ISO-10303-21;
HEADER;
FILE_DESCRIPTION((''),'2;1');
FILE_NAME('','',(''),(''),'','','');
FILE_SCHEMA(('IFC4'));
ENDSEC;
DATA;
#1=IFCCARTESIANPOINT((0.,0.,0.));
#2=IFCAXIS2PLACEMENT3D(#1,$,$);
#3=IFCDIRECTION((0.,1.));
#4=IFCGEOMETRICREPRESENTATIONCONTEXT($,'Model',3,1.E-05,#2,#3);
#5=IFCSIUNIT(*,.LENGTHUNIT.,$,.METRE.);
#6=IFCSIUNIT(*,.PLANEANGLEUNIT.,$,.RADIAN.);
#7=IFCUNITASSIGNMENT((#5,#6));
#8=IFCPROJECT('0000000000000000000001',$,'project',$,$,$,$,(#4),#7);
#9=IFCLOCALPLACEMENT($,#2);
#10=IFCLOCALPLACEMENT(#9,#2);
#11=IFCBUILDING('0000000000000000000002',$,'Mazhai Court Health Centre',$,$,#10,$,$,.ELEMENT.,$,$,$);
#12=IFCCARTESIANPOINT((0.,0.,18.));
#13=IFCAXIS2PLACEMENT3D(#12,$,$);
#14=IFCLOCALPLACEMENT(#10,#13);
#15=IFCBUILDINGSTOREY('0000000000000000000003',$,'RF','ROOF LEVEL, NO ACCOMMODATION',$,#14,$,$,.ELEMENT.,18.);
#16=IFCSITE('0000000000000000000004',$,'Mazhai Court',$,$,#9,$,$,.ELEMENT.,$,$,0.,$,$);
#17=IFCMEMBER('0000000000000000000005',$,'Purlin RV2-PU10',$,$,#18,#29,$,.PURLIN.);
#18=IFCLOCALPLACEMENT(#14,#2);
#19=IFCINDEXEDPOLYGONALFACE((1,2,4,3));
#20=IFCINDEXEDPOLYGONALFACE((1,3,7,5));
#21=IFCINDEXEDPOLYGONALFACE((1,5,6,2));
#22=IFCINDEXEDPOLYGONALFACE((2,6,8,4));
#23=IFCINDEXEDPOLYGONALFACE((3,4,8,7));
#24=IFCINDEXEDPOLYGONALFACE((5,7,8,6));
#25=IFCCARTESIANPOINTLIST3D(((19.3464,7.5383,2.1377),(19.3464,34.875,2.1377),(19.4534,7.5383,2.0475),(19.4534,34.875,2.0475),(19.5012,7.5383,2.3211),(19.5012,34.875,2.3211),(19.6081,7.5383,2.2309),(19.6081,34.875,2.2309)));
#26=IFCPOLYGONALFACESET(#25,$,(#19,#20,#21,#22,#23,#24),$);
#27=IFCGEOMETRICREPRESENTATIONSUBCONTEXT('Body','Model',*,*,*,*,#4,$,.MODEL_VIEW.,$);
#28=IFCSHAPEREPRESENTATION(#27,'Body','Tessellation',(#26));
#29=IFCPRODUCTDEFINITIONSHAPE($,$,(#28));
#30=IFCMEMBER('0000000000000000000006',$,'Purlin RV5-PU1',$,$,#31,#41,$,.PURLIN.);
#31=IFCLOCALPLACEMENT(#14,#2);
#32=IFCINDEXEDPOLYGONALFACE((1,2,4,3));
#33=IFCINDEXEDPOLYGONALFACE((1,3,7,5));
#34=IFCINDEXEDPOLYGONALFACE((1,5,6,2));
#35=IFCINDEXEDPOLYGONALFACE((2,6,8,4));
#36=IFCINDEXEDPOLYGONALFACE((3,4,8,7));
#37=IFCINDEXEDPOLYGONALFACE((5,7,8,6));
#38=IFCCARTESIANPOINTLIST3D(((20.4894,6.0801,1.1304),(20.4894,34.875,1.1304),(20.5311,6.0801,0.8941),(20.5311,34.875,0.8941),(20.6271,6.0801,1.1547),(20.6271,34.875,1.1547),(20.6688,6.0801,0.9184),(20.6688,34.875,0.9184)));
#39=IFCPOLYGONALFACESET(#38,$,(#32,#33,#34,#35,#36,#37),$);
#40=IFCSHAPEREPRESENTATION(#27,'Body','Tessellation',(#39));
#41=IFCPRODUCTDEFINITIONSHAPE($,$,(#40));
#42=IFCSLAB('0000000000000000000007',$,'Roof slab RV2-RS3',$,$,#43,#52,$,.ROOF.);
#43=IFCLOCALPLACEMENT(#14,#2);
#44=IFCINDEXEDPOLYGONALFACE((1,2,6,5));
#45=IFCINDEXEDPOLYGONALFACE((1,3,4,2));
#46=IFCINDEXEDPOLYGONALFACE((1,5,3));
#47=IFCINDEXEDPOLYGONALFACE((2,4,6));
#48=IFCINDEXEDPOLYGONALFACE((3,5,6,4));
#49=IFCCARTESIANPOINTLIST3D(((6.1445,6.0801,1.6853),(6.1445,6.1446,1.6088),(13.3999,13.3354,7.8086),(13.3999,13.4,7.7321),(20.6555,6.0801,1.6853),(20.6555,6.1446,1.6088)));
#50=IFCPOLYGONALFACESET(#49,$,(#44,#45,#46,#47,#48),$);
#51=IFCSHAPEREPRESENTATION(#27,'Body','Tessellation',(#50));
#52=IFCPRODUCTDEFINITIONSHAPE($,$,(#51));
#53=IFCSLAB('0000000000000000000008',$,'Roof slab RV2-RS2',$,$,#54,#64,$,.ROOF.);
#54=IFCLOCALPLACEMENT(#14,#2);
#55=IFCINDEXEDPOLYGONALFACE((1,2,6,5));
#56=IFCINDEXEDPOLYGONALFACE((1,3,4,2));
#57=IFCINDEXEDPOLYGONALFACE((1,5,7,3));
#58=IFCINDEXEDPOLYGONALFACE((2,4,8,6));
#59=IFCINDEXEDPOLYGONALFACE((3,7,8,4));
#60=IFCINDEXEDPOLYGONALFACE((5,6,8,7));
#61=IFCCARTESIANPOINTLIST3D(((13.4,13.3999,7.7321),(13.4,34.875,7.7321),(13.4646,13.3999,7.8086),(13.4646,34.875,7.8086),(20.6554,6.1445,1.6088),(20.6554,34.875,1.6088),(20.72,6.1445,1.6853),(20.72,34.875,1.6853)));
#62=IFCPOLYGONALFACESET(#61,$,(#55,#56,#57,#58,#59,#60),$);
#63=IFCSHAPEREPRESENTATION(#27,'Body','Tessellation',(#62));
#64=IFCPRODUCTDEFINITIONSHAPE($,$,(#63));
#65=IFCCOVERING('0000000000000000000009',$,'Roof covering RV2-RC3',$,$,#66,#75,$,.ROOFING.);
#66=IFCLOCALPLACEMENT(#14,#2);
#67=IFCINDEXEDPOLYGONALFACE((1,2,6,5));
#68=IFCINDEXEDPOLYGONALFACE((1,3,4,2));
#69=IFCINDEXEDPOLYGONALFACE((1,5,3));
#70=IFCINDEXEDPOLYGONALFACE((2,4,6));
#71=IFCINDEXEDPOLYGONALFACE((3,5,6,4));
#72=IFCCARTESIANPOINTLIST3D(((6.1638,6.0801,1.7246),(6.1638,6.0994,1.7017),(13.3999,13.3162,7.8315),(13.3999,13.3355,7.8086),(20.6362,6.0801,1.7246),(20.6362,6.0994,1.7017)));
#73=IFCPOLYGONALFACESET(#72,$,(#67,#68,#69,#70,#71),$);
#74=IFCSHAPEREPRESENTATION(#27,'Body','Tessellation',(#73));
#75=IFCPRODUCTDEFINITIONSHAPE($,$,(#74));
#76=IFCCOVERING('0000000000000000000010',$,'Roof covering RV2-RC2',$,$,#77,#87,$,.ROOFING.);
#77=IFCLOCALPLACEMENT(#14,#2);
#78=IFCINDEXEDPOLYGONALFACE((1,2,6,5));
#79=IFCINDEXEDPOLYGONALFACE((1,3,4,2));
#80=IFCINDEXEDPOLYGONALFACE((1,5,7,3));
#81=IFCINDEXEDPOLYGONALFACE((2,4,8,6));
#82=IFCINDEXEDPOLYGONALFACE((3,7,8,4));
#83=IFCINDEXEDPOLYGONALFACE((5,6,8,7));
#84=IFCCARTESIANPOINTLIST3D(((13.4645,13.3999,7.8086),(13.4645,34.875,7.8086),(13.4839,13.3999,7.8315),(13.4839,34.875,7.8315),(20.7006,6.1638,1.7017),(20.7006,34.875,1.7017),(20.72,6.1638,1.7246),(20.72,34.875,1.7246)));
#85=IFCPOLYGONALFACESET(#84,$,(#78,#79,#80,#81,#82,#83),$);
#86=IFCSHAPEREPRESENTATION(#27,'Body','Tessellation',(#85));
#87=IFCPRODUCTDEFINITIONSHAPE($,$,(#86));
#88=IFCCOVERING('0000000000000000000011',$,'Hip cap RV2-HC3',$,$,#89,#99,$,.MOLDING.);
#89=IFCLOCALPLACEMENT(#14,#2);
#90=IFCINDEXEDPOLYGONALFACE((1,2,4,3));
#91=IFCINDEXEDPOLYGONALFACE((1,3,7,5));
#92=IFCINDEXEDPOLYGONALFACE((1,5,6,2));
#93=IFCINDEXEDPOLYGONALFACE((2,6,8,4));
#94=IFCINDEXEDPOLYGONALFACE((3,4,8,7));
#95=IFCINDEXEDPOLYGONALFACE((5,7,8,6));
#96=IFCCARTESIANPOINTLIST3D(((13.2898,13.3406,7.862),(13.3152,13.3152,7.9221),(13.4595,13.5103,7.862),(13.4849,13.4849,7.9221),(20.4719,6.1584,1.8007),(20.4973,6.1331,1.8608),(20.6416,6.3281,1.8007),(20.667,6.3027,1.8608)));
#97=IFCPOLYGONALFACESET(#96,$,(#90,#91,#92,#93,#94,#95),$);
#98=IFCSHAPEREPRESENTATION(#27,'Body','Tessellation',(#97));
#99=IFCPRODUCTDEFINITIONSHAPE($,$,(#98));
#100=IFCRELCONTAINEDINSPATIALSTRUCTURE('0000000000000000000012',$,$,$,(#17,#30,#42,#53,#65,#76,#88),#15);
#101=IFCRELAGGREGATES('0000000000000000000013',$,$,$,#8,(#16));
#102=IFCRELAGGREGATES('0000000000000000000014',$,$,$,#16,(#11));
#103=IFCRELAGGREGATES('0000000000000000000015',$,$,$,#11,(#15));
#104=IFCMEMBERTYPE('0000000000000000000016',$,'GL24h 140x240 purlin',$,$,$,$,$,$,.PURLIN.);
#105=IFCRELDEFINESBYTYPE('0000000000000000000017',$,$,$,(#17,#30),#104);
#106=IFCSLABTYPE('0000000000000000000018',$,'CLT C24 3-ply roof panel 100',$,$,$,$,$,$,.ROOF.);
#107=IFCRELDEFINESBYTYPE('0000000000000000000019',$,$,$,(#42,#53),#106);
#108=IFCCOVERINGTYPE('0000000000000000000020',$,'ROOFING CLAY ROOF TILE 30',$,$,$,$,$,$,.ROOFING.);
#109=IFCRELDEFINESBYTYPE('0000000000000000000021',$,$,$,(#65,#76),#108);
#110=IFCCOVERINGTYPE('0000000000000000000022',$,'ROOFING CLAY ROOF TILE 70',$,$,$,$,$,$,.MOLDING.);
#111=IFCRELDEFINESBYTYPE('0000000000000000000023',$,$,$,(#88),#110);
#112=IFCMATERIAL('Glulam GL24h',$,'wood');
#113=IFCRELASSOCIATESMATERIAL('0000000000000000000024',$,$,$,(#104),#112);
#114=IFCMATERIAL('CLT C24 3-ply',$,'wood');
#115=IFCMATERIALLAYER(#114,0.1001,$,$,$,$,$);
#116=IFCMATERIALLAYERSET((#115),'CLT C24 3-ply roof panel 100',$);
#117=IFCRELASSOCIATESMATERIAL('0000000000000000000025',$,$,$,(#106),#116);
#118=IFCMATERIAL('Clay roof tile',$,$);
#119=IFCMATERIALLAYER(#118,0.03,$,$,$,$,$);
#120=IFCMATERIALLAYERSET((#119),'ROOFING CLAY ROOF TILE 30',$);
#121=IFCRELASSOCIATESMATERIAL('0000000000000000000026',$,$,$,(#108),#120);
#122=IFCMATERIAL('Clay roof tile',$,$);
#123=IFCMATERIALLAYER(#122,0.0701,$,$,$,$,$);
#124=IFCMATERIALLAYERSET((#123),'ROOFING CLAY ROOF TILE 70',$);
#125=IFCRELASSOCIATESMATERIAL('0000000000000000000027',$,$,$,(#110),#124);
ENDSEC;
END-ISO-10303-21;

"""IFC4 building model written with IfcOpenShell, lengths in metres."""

from ifc_helpers import new_model, si_unit, direction, frame, origin, origin_2d, place, context, subcontext, project, spatial, polyline, rectangle, outline, extrude, material, layer, layer_set, material_profile, profile_set, type_object, element, save


model = new_model("IFC4")

# Units and contexts
model_context = context("Model", 3, precision=1e-05, world=origin(), true_north=direction((0.0, 1.0)))
body_context = subcontext(model_context, "Body", "Model", "MODEL_VIEW")
ifc_project = project(units=[si_unit("LENGTHUNIT", "METRE"), si_unit("PLANEANGLEUNIT", "RADIAN")], contexts=[model_context])

# Site, building, storey
site_placement = place(None, origin())
site = spatial("IfcSite", under=ifc_project, at=site_placement, Name="Mazhai Court", CompositionType="ELEMENT", RefElevation=0.0)
building_placement = place(site_placement, origin())
building = spatial("IfcBuilding", under=site, at=building_placement, Name="Mazhai Court Health Centre", CompositionType="ELEMENT")
storey_placement = place(building_placement, frame((0.0, 0.0, 18.0)))
storey = spatial("IfcBuildingStorey", under=building, at=storey_placement, Name="RF", Description="ROOF LEVEL, NO ACCOMMODATION", CompositionType="ELEMENT", Elevation=18.0)

# Members
ifc_material_1 = material(Name="Glulam GL24h", Category="wood")
ifc_material_profile_1 = material_profile(ifc_material_1, rectangle(XDim=0.1399, YDim=0.24, at=origin_2d()), Name="GL24h 140x240")
ifc_profile_set_1 = profile_set([ifc_material_profile_1], Name="Glulam GL24h")
member_type_1 = type_object("IfcMemberType", Name="GL24h 140x240 purlin", PredefinedType="PURLIN", material=ifc_profile_set_1)
member_1_placement = place(storey_placement, frame((19.4773, 7.5383, 2.1843), z_axis=(0.0, 1.0, 0.0), x_axis=(-0.76422, 0.0, 0.644955)))
element("IfcMember", 1, at=member_1_placement, inside=storey, type_object=member_type_1, Name="Purlin RV2-PU10", PredefinedType="PURLIN", context=body_context, shape_type="SweptSolid", body=[
    extrude(rectangle(XDim=0.1399, YDim=0.24, at=origin_2d()), origin(), (0.0, 0.0, 1.0), 27.3367),
])
member_2_placement = place(storey_placement, frame((20.5791, 6.0801, 1.0244), z_axis=(0.0, 1.0, 0.0), x_axis=(-0.984808, 0.0, -0.173648)))
element("IfcMember", 2, at=member_2_placement, inside=storey, type_object=member_type_1, Name="Purlin RV5-PU1", PredefinedType="PURLIN", context=body_context, shape_type="SweptSolid", body=[
    extrude(rectangle(XDim=0.1399, YDim=0.24, at=origin_2d()), origin(), (0.0, 0.0, 1.0), 28.7949),
])

# Slabs
ifc_material_2 = material(Name="CLT C24 3-ply", Category="wood")
ifc_layer_1 = layer(ifc_material_2, 0.1001)
ifc_layer_set_1 = layer_set([ifc_layer_1], Name="CLT C24 3-ply roof panel 100")
slab_type = type_object("IfcSlabType", Name="CLT C24 3-ply roof panel 100", PredefinedType="ROOF", material=ifc_layer_set_1)
slab_1_placement = place(storey_placement, frame((20.6555, 6.0801, 1.6853), z_axis=(0.0, -0.644968, 0.76421), x_axis=(-0.607214, 0.607194, 0.512451)))
element("IfcSlab", 3, at=slab_1_placement, inside=storey, type_object=slab_type, Name="Roof slab RV2-RS3", PredefinedType="ROOF", context=body_context, shape_type="SweptSolid", body=[
    extrude(outline(polyline([(0.0, 0.0), (11.949, 0.0), (8.8113, 11.5295), (0.0, 0.0)])), origin(), (0.0, 0.0, -1.0), 0.1001),
])
slab_2_placement = place(storey_placement, frame((20.72, 6.1445, 1.6853), z_axis=(0.644968, 0.0, 0.76421), x_axis=(-0.607201, 0.607201, 0.512458)))
element("IfcSlab", 4, at=slab_2_placement, inside=storey, type_object=slab_type, Name="Roof slab RV2-RS2", PredefinedType="ROOF", context=body_context, shape_type="SweptSolid", body=[
    extrude(outline(polyline([(0.0, 0.0), (11.9489, 0.0), (24.9886, -17.063), (17.4452, -22.8277), (0.0, 0.0)])), origin(), (0.0, 0.0, -1.0), 0.1001),
])

# Coverings
ifc_material_3 = material(Name="Clay roof tile")
ifc_layer_2 = layer(ifc_material_3, 0.03)
ifc_layer_set_2 = layer_set([ifc_layer_2], Name="ROOFING CLAY ROOF TILE 30")
covering_type_1 = type_object("IfcCoveringType", Name="ROOFING CLAY ROOF TILE 30", PredefinedType="ROOFING", material=ifc_layer_set_2)
covering_1_placement = place(storey_placement, frame((20.6362, 6.0801, 1.7246), z_axis=(0.0, -0.644963, 0.764214), x_axis=(-0.607216, 0.607196, 0.512446)))
element("IfcCovering", 5, at=covering_1_placement, inside=storey, type_object=covering_type_1, Name="Roof covering RV2-RC3", PredefinedType="ROOFING", context=body_context, shape_type="SweptSolid", body=[
    extrude(outline(polyline([(0.0, 0.0), (11.9172, 0.0), (8.7879, 11.4989), (0.0, 0.0)])), origin(), (0.0, 0.0, -1.0), 0.03),
])
covering_2_placement = place(storey_placement, frame((20.72, 6.1638, 1.7246), z_axis=(0.644963, 0.0, 0.764214), x_axis=(-0.607203, 0.607203, 0.512453)))
element("IfcCovering", 6, at=covering_2_placement, inside=storey, type_object=covering_type_1, Name="Roof covering RV2-RC2", PredefinedType="ROOFING", context=body_context, shape_type="SweptSolid", body=[
    extrude(outline(polyline([(0.0, 0.0), (11.9171, 0.0), (24.9568, -17.063), (17.4335, -22.8124), (0.0, 0.0)])), origin(), (0.0, 0.0, -1.0), 0.03),
])
ifc_material_4 = material(Name="Clay roof tile")
ifc_layer_3 = layer(ifc_material_4, 0.0701)
ifc_layer_set_3 = layer_set([ifc_layer_3], Name="ROOFING CLAY ROOF TILE 70")
covering_type_2 = type_object("IfcCoveringType", Name="ROOFING CLAY ROOF TILE 70", PredefinedType="MOLDING", material=ifc_layer_set_3)
covering_3_placement = place(storey_placement, frame((20.667, 6.3027, 1.8608), z_axis=(0.362354, -0.362354, 0.85872), x_axis=(-0.607207, 0.607207, 0.512445)))
element("IfcCovering", 7, at=covering_3_placement, inside=storey, type_object=covering_type_2, Name="Hip cap RV2-HC3", PredefinedType="MOLDING", context=body_context, shape_type="SweptSolid", body=[
    extrude(outline(polyline([(0.0, 0.0), (11.8281, 0.0), (11.8281, 0.24), (0.0, 0.24), (0.0, 0.0)])), origin(), (0.0, 0.0, -1.0), 0.0701),
])

save(model, "model.ifc")
